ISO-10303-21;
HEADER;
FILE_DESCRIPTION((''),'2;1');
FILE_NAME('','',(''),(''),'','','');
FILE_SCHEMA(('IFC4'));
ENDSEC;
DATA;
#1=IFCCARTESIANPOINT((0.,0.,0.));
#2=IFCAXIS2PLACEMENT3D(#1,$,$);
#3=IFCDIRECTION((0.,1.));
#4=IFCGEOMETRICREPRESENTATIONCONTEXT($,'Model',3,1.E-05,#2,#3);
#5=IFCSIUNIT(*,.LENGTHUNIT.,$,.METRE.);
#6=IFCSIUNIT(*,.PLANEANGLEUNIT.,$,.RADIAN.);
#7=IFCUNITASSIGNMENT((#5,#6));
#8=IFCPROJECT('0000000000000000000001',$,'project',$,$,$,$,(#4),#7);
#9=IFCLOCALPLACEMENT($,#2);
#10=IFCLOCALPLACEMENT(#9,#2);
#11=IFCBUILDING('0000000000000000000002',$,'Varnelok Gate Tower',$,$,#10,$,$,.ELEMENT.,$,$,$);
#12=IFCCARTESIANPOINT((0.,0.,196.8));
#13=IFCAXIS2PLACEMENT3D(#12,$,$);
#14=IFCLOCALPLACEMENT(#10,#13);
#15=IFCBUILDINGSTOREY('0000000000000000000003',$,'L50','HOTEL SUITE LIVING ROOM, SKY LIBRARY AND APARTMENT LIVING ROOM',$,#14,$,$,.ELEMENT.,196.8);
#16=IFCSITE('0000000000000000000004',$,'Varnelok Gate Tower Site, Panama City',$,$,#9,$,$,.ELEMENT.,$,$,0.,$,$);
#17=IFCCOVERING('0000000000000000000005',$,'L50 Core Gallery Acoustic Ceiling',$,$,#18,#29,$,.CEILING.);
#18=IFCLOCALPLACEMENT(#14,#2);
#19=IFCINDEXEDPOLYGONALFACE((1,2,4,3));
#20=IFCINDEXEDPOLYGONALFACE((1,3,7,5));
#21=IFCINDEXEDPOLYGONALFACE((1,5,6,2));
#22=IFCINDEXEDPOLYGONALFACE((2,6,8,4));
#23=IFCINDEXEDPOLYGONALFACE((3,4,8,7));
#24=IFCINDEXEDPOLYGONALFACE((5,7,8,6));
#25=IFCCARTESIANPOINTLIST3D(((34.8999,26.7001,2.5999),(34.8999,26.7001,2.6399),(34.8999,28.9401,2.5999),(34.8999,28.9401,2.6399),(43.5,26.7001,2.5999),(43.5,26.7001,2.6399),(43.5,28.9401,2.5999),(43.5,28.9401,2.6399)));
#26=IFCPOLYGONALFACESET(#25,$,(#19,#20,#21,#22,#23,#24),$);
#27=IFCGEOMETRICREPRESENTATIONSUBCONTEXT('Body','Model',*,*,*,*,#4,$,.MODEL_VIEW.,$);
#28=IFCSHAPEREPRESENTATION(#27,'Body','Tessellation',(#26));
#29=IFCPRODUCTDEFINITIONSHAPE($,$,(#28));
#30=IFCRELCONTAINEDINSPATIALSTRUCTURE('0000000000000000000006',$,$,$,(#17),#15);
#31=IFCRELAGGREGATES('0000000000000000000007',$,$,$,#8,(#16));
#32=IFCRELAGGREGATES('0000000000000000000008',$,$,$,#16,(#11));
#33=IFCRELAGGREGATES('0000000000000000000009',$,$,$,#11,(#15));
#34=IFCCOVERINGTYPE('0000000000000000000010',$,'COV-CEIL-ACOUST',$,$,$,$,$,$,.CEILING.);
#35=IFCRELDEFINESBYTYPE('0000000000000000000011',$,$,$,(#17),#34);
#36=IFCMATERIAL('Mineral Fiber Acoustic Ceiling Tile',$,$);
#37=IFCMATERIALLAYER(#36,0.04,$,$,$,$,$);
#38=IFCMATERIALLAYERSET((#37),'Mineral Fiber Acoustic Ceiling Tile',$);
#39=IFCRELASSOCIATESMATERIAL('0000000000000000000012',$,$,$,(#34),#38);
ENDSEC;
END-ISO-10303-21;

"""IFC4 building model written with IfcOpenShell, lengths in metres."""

from ifc_helpers import new_model, si_unit, direction, frame, origin, origin_2d, place, context, subcontext, project, spatial, rectangle, extrude, source, transform, mapped, material, layer, layer_set, type_object, element, save


model = new_model("IFC4")

# Units and contexts
model_context = context("Model", 3, precision=1e-05, world=origin(), true_north=direction((0.0, 1.0)))
body_context = subcontext(model_context, "Body", "Model", "MODEL_VIEW")
ifc_project = project(units=[si_unit("LENGTHUNIT", "METRE"), si_unit("PLANEANGLEUNIT", "RADIAN")], contexts=[model_context])

# Site, building, storey
site_placement = place(None, origin())
site = spatial("IfcSite", under=ifc_project, at=site_placement, Name="Varnelok Gate Tower Site, Panama City", CompositionType="ELEMENT", RefElevation=0.0)
building_placement = place(site_placement, origin())
building = spatial("IfcBuilding", under=site, at=building_placement, Name="Varnelok Gate Tower", CompositionType="ELEMENT")
storey_placement = place(building_placement, frame((0.0, 0.0, 196.8)))
storey = spatial("IfcBuildingStorey", under=building, at=storey_placement, Name="L50", Description="HOTEL SUITE LIVING ROOM, SKY LIBRARY AND APARTMENT LIVING ROOM", CompositionType="ELEMENT", Elevation=196.8)

# Covering
ifc_material_1 = material(Name="Mineral Fiber Acoustic Ceiling Tile")
ifc_layer_1 = layer(ifc_material_1, 0.04)
ifc_layer_set_1 = layer_set([ifc_layer_1], Name="Mineral Fiber Acoustic Ceiling Tile")
covering_type_1 = type_object("IfcCoveringType", Name="COV-CEIL-ACOUST", PredefinedType="CEILING", material=ifc_layer_set_1)
shared_shape_1 = source(origin(), body_context, "Body", "SweptSolid", [
    extrude(rectangle(XDim=8.6001, YDim=2.24, at=origin_2d()), origin(), (0.0, 0.0, 1.0), 0.04),
])
covering_1_placement = place(storey_placement, frame((39.2, 27.8201, 2.5999), z_axis=(0.0, 0.0, 1.0), x_axis=(1.0, 0.0, 0.0)))
element("IfcCovering", 1, at=covering_1_placement, inside=storey, type_object=covering_type_1, Name="L50 Core Gallery Acoustic Ceiling", PredefinedType="CEILING", context=body_context, shape_type="MappedRepresentation", body=[
    mapped(shared_shape_1, transform((0.0, 0.0, 0.0), scale=1.0)),
])

save(model, "model.ifc")
